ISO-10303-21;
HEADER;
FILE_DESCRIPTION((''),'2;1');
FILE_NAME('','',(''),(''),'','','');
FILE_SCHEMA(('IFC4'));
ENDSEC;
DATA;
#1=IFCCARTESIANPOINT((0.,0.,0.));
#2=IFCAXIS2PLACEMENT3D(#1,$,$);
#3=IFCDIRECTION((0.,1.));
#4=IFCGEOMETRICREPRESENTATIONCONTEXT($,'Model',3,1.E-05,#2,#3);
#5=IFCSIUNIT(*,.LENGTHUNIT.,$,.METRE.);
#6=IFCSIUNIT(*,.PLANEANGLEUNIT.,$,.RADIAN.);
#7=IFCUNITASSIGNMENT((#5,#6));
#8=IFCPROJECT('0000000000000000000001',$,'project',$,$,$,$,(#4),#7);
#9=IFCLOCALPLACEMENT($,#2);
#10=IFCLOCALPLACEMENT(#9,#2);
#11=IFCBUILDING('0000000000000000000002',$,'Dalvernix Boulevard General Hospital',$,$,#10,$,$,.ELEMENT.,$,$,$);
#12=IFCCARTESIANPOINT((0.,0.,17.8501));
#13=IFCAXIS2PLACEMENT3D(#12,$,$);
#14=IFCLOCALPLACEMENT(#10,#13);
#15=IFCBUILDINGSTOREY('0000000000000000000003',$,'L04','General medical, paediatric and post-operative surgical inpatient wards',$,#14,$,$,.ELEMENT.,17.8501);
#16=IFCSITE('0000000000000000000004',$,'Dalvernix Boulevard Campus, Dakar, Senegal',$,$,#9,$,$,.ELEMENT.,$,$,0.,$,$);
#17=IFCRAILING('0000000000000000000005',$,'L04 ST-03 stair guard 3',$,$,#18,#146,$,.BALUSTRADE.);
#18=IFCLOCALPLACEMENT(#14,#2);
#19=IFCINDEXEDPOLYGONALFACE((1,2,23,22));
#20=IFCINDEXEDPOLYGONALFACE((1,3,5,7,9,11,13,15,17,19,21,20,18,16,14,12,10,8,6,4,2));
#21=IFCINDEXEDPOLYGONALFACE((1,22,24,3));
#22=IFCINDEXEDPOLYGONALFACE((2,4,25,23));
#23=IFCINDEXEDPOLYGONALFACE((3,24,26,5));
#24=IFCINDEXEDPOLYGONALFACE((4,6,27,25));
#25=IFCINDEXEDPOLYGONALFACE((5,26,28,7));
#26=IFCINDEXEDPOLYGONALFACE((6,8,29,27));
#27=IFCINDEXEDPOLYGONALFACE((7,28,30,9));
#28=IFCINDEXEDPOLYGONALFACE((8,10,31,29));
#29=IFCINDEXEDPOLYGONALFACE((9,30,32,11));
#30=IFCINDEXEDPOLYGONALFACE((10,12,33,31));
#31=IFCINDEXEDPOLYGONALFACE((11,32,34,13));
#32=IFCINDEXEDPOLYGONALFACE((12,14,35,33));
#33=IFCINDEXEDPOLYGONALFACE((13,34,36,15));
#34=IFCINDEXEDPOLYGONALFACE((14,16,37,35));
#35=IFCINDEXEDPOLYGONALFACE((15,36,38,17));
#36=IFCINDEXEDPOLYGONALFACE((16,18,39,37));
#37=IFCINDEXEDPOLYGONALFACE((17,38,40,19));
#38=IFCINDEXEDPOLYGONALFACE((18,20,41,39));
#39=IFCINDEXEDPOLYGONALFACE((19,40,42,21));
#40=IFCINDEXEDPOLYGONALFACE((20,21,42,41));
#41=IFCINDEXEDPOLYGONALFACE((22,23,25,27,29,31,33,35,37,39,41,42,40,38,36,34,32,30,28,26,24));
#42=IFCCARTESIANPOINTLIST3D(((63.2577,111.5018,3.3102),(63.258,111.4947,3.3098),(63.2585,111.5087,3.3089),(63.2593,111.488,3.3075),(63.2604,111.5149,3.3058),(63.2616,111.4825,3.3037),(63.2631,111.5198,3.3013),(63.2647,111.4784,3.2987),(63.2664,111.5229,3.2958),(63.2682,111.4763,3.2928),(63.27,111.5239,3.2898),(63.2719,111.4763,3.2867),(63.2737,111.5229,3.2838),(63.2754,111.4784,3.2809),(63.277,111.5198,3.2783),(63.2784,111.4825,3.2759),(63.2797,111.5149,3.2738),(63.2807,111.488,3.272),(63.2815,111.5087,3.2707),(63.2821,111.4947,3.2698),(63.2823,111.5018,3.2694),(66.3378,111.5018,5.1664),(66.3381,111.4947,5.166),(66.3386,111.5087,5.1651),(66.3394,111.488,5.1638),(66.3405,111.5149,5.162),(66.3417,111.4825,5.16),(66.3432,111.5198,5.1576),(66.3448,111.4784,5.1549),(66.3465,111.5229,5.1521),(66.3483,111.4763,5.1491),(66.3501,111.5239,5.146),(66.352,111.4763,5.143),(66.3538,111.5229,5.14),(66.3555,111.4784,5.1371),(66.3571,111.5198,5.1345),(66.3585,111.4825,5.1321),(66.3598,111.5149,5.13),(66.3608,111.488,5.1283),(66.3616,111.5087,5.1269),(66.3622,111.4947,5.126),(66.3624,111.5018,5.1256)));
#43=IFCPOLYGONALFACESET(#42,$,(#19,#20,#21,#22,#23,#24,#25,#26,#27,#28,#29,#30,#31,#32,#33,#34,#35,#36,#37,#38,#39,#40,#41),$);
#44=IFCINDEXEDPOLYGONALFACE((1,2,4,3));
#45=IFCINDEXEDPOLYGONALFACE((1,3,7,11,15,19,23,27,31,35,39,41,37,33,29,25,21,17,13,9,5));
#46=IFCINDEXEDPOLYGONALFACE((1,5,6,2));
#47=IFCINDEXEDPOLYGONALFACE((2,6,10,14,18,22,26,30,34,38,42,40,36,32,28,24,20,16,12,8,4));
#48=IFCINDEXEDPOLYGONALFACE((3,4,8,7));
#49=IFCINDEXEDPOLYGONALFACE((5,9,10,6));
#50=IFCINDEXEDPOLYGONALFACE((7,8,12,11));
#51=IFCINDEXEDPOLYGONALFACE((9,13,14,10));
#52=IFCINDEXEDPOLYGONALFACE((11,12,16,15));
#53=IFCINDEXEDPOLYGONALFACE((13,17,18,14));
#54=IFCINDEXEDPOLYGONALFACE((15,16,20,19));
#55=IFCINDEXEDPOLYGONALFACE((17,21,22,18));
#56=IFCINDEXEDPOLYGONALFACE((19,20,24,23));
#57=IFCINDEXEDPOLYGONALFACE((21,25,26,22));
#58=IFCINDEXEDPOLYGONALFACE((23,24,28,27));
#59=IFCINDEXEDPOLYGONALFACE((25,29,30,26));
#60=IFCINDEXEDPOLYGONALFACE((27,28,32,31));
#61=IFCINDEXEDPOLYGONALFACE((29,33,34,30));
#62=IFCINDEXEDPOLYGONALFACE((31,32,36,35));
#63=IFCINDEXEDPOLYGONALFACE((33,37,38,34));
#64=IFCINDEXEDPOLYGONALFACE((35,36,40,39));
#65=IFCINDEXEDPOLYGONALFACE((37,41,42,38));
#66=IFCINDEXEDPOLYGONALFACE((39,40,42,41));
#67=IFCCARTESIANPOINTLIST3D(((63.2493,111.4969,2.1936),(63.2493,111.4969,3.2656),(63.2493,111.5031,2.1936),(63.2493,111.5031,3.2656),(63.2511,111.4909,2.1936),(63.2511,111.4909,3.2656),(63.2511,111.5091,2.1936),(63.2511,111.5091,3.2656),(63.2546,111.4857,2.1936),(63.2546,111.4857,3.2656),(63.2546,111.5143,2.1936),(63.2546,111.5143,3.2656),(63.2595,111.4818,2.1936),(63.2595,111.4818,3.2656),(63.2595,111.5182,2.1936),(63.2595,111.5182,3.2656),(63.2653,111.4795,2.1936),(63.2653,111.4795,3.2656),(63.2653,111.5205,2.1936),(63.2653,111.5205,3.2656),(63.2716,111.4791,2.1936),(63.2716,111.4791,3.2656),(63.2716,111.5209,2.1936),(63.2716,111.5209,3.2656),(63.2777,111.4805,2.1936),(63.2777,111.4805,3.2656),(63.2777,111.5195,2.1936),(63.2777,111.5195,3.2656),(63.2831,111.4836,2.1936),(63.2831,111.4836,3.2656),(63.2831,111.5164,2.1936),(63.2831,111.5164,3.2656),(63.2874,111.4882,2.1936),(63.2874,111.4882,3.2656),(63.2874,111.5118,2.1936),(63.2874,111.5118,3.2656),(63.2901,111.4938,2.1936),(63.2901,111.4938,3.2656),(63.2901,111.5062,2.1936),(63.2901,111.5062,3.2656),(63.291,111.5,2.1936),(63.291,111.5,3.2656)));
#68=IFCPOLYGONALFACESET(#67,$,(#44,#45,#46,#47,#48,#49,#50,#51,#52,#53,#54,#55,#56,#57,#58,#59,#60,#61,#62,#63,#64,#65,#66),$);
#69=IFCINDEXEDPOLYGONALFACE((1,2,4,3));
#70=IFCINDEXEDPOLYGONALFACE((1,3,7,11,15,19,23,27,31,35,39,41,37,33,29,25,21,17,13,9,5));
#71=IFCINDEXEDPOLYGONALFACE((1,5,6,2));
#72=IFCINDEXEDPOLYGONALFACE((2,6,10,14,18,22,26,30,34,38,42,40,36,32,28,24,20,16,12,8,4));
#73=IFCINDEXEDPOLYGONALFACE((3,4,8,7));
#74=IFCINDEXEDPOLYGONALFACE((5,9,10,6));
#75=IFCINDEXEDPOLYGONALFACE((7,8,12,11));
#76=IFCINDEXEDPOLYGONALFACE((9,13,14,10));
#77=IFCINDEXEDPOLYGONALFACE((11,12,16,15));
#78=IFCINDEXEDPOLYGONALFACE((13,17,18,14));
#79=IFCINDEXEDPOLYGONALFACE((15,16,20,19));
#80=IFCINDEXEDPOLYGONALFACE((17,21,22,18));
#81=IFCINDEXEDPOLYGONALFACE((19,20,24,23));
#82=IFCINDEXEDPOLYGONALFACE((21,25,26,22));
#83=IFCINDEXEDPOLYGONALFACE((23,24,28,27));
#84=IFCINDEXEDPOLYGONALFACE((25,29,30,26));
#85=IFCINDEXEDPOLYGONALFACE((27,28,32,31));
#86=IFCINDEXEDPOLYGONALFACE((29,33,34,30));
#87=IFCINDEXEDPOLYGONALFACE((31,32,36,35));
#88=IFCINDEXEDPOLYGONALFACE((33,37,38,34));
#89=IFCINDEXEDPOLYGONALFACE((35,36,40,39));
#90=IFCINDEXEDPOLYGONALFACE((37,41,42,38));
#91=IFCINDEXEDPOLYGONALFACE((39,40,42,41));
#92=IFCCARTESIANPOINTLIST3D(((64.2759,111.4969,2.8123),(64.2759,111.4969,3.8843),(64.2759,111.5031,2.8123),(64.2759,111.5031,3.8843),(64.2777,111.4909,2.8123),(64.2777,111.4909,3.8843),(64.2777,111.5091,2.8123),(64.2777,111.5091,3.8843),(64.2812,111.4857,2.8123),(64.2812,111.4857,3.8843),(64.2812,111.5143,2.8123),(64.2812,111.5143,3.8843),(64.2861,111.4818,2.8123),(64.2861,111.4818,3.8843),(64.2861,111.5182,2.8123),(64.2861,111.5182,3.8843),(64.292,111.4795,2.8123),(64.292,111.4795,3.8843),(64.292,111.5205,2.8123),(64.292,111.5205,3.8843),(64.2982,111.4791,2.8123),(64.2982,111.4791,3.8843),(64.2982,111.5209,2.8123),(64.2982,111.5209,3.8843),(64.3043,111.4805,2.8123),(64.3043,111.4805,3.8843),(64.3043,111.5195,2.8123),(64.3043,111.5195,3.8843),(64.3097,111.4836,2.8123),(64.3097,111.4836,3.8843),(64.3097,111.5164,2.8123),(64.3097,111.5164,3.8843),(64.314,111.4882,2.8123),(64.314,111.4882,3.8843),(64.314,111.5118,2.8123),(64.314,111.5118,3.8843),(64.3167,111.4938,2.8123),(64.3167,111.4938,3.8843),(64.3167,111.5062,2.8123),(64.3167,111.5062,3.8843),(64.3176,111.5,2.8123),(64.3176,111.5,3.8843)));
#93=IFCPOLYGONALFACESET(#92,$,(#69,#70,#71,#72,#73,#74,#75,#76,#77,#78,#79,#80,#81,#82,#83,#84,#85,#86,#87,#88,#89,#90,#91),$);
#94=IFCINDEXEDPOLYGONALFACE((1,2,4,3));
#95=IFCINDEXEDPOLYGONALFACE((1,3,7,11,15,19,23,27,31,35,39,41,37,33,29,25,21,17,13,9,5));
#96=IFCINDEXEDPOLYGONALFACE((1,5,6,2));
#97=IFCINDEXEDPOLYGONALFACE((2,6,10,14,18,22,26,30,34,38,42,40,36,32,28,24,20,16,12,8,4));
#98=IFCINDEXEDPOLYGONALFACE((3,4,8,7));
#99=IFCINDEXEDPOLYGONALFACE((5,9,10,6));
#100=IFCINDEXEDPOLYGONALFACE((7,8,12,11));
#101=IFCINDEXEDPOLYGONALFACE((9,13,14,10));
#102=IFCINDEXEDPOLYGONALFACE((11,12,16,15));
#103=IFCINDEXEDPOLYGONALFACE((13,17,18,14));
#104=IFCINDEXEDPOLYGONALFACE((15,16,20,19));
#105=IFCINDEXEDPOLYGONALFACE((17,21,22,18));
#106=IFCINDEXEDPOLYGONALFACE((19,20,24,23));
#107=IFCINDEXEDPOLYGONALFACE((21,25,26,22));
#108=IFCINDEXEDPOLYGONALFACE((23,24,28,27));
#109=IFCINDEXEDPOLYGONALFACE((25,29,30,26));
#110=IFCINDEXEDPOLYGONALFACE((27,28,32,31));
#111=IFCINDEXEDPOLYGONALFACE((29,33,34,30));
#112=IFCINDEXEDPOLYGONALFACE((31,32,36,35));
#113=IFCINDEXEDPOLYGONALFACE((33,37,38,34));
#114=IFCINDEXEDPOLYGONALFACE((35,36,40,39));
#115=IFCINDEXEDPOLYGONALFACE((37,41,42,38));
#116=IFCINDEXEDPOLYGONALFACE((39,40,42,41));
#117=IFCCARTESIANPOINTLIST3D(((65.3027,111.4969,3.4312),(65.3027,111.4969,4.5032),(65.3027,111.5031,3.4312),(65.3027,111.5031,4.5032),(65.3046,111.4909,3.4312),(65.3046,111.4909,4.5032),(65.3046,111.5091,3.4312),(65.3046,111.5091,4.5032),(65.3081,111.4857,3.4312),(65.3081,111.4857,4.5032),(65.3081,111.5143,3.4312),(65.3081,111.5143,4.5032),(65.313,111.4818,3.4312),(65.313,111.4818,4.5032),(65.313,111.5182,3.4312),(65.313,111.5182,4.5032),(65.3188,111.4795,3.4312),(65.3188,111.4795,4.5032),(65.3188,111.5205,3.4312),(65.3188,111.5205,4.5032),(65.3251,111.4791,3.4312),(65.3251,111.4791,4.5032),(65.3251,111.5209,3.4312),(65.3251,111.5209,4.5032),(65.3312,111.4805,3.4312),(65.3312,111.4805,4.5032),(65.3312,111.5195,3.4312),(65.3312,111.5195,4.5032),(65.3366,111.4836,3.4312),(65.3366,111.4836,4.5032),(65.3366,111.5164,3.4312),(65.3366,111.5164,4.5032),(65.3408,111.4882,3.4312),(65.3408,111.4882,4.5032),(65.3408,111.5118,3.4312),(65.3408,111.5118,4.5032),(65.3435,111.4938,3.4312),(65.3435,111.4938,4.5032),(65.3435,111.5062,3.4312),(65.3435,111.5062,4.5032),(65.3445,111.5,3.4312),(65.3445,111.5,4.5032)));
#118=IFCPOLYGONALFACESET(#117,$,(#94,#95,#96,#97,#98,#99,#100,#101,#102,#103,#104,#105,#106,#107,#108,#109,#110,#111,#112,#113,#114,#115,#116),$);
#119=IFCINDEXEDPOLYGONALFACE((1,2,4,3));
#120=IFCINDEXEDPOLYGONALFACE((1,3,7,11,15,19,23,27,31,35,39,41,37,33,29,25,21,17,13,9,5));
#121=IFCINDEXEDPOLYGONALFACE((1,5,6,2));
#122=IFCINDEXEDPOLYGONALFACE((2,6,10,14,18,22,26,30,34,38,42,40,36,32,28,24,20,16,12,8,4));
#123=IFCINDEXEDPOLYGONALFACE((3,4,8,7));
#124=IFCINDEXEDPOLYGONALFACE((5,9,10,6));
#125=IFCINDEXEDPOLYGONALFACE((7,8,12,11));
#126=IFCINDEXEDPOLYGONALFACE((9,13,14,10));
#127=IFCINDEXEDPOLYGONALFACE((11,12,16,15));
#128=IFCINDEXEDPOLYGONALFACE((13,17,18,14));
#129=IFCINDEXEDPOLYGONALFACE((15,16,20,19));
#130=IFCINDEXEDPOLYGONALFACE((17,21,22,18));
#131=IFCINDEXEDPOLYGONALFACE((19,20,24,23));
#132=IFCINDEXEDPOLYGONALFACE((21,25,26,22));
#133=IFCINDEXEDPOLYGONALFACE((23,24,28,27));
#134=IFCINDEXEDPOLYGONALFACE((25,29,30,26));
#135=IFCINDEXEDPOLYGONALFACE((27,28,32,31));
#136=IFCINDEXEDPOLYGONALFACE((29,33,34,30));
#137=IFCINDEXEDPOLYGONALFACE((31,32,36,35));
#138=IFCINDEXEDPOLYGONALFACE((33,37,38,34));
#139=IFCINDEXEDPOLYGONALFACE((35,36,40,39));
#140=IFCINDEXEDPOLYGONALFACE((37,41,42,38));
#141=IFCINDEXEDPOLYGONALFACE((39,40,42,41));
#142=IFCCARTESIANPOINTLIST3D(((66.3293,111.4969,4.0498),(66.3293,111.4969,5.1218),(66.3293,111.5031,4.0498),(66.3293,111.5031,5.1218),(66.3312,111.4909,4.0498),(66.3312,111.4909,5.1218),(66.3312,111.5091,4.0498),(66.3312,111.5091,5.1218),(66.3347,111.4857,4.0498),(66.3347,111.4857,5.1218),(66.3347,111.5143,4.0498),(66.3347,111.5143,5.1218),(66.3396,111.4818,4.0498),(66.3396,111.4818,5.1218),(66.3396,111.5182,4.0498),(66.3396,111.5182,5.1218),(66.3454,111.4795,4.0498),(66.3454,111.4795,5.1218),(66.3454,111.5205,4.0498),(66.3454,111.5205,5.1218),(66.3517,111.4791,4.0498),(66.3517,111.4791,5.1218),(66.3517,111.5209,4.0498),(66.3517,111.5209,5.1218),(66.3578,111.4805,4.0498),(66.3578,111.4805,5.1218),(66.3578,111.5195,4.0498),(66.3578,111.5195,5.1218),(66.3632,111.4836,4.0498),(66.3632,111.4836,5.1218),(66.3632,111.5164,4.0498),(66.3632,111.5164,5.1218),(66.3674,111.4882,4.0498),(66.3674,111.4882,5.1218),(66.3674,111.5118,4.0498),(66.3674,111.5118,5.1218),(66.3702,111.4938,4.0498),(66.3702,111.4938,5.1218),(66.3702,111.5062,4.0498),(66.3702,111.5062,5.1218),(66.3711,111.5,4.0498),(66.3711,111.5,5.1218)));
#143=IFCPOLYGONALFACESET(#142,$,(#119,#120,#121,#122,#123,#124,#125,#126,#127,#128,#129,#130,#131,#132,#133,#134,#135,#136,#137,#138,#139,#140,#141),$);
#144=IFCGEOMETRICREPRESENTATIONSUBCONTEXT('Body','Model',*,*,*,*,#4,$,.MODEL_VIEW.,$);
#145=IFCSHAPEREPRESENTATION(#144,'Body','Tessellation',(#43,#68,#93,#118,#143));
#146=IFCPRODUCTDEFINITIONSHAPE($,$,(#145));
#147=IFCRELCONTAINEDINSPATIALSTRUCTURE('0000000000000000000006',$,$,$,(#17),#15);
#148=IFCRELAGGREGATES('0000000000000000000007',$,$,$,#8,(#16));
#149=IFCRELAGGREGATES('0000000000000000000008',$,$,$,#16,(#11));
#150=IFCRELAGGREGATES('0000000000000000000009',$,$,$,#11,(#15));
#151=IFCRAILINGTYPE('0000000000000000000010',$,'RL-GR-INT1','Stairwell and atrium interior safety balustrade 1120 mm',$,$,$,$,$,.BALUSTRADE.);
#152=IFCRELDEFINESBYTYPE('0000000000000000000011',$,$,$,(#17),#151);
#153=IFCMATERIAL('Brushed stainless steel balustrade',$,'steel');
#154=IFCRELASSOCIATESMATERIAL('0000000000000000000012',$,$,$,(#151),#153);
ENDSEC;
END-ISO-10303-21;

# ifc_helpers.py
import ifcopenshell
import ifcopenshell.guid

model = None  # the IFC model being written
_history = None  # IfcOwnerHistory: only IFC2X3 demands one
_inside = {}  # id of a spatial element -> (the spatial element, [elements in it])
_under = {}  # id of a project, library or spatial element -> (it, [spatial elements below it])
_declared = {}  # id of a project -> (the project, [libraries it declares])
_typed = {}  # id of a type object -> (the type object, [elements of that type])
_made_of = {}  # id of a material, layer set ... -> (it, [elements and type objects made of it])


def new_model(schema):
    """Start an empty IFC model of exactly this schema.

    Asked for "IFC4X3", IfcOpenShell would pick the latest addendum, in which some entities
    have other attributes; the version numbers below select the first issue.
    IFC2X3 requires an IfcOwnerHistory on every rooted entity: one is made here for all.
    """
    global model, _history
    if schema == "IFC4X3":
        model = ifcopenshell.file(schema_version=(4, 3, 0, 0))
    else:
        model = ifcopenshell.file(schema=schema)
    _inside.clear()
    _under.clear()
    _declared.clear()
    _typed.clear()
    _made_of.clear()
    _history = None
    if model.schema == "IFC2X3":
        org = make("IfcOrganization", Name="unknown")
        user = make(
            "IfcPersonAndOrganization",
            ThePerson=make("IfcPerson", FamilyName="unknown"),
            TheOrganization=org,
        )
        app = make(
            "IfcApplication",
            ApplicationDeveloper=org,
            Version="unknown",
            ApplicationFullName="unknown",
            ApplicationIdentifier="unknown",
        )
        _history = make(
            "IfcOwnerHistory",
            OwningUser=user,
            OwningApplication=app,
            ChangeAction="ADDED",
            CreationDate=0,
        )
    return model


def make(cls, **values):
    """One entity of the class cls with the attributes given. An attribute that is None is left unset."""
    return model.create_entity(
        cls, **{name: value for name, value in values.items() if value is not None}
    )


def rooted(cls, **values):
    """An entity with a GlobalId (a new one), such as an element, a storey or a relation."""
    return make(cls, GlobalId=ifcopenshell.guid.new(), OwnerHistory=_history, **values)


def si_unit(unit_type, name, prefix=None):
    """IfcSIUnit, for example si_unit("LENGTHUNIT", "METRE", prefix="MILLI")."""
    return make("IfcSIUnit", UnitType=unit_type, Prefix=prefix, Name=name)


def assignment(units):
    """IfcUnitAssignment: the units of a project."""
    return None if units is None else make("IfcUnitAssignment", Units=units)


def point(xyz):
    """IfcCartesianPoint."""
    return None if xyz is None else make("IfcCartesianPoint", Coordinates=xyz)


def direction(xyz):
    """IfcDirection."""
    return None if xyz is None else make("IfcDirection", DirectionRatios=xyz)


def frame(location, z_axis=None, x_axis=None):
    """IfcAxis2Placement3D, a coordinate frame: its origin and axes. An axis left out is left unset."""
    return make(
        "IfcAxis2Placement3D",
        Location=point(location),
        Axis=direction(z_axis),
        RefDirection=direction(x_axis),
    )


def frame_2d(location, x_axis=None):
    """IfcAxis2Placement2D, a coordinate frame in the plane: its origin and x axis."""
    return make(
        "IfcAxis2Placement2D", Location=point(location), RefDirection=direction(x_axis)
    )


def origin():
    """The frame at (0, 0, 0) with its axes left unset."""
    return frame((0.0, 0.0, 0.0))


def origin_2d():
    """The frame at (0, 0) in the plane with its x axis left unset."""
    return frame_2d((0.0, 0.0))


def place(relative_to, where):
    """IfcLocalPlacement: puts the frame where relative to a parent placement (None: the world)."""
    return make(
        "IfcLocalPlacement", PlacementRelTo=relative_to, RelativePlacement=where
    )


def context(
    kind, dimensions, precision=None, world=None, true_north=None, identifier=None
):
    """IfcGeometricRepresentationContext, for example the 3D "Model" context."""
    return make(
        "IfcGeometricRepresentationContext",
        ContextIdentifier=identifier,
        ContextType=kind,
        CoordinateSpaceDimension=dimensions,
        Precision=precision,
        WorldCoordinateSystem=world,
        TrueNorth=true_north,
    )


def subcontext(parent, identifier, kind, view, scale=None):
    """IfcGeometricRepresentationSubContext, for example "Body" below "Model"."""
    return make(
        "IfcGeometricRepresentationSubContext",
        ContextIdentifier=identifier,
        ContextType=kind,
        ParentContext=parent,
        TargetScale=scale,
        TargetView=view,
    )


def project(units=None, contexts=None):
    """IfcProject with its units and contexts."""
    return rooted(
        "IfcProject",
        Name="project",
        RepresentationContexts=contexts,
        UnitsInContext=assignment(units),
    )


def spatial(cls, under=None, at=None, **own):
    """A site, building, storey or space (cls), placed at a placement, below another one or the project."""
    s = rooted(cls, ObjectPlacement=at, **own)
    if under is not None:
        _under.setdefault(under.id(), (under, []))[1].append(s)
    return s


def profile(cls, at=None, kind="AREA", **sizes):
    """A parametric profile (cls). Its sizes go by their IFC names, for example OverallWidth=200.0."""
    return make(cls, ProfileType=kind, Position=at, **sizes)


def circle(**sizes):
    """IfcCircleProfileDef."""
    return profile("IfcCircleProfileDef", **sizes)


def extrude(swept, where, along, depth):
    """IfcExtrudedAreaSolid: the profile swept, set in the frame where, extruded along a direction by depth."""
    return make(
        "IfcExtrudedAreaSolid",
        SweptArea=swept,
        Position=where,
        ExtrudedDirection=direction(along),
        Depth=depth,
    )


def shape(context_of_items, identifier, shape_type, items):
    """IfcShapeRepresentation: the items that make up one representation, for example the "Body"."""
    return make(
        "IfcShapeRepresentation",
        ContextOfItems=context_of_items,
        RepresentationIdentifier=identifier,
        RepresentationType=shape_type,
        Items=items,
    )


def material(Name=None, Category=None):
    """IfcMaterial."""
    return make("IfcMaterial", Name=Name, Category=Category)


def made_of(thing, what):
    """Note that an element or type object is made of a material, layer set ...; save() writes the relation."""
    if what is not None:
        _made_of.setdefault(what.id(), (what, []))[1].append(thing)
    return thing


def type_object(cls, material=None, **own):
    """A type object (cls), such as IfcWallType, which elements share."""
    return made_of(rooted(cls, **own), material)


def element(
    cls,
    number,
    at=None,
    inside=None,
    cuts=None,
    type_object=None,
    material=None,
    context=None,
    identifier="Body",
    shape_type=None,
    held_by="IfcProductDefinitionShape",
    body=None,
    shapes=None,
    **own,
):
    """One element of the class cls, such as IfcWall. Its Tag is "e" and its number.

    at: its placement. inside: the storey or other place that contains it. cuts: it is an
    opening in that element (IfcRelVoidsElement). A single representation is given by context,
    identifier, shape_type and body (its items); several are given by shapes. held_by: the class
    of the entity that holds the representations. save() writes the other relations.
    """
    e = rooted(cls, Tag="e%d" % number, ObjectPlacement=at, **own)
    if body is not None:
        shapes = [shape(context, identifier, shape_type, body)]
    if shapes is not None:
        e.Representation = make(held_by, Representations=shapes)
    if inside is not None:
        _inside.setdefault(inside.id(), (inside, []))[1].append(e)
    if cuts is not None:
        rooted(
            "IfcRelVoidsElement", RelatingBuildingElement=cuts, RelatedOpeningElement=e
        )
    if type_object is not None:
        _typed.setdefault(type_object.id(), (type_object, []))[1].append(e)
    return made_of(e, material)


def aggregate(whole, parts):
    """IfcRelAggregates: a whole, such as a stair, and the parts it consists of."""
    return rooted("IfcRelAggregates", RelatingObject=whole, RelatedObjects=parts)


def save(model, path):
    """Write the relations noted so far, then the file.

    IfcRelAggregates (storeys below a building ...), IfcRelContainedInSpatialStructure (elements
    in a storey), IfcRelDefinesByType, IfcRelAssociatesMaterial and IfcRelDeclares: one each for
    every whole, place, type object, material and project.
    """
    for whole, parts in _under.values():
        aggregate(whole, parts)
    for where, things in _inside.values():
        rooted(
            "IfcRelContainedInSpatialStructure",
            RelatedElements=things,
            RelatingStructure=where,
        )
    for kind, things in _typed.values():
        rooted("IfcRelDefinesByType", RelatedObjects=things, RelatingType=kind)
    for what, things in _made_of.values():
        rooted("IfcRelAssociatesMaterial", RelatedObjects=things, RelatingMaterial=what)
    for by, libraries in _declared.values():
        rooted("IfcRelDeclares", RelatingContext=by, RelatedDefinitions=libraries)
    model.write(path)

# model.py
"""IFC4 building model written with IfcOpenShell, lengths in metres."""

from ifc_helpers import new_model, si_unit, direction, frame, origin, origin_2d, place, context, subcontext, project, spatial, circle, extrude, material, type_object, element, save


model = new_model("IFC4")

# Units and contexts
model_context = context("Model", 3, precision=1e-05, world=origin(), true_north=direction((0.0, 1.0)))
body_context = subcontext(model_context, "Body", "Model", "MODEL_VIEW")
ifc_project = project(units=[si_unit("LENGTHUNIT", "METRE"), si_unit("PLANEANGLEUNIT", "RADIAN")], contexts=[model_context])

# Site, building, storey
site_placement = place(None, origin())
site = spatial("IfcSite", under=ifc_project, at=site_placement, Name="Dalvernix Boulevard Campus, Dakar, Senegal", CompositionType="ELEMENT", RefElevation=0.0)
building_placement = place(site_placement, origin())
building = spatial("IfcBuilding", under=site, at=building_placement, Name="Dalvernix Boulevard General Hospital", CompositionType="ELEMENT")
storey_placement = place(building_placement, frame((0.0, 0.0, 17.8501)))
storey = spatial("IfcBuildingStorey", under=building, at=storey_placement, Name="L04", Description="General medical, paediatric and post-operative surgical inpatient wards", CompositionType="ELEMENT", Elevation=17.8501)

# Railing
ifc_material_1 = material(Name="Brushed stainless steel balustrade", Category="steel")
railing_type_1 = type_object("IfcRailingType", Name="RL-GR-INT1", Description="Stairwell and atrium interior safety balustrade 1120 mm", PredefinedType="BALUSTRADE", material=ifc_material_1)
railing_1_placement = place(storey_placement, frame((63.27, 111.5, 2.1936)))
element("IfcRailing", 1, at=railing_1_placement, inside=storey, type_object=railing_type_1, Name="L04 ST-03 stair guard 3", PredefinedType="BALUSTRADE", context=body_context, shape_type="SweptSolid", body=[
    extrude(circle(Radius=0.0239, at=origin_2d()), frame((0.0, 0.0, 1.0962), z_axis=(0.856491, 0.0, 0.516162), x_axis=(0.0, 1.0, 0.0)), (0.0, 0.0, 1.0), 3.5962),
    extrude(circle(Radius=0.021, at=origin_2d()), origin(), (0.0, 0.0, 1.0), 1.072),
    extrude(circle(Radius=0.021, at=origin_2d()), frame((1.0266, 0.0, 0.6187)), (0.0, 0.0, 1.0), 1.072),
    extrude(circle(Radius=0.021, at=origin_2d()), frame((2.0535, 0.0, 1.2375)), (0.0, 0.0, 1.0), 1.072),
    extrude(circle(Radius=0.021, at=origin_2d()), frame((3.0801, 0.0, 1.8562)), (0.0, 0.0, 1.0), 1.072),
])

save(model, "model.ifc")
